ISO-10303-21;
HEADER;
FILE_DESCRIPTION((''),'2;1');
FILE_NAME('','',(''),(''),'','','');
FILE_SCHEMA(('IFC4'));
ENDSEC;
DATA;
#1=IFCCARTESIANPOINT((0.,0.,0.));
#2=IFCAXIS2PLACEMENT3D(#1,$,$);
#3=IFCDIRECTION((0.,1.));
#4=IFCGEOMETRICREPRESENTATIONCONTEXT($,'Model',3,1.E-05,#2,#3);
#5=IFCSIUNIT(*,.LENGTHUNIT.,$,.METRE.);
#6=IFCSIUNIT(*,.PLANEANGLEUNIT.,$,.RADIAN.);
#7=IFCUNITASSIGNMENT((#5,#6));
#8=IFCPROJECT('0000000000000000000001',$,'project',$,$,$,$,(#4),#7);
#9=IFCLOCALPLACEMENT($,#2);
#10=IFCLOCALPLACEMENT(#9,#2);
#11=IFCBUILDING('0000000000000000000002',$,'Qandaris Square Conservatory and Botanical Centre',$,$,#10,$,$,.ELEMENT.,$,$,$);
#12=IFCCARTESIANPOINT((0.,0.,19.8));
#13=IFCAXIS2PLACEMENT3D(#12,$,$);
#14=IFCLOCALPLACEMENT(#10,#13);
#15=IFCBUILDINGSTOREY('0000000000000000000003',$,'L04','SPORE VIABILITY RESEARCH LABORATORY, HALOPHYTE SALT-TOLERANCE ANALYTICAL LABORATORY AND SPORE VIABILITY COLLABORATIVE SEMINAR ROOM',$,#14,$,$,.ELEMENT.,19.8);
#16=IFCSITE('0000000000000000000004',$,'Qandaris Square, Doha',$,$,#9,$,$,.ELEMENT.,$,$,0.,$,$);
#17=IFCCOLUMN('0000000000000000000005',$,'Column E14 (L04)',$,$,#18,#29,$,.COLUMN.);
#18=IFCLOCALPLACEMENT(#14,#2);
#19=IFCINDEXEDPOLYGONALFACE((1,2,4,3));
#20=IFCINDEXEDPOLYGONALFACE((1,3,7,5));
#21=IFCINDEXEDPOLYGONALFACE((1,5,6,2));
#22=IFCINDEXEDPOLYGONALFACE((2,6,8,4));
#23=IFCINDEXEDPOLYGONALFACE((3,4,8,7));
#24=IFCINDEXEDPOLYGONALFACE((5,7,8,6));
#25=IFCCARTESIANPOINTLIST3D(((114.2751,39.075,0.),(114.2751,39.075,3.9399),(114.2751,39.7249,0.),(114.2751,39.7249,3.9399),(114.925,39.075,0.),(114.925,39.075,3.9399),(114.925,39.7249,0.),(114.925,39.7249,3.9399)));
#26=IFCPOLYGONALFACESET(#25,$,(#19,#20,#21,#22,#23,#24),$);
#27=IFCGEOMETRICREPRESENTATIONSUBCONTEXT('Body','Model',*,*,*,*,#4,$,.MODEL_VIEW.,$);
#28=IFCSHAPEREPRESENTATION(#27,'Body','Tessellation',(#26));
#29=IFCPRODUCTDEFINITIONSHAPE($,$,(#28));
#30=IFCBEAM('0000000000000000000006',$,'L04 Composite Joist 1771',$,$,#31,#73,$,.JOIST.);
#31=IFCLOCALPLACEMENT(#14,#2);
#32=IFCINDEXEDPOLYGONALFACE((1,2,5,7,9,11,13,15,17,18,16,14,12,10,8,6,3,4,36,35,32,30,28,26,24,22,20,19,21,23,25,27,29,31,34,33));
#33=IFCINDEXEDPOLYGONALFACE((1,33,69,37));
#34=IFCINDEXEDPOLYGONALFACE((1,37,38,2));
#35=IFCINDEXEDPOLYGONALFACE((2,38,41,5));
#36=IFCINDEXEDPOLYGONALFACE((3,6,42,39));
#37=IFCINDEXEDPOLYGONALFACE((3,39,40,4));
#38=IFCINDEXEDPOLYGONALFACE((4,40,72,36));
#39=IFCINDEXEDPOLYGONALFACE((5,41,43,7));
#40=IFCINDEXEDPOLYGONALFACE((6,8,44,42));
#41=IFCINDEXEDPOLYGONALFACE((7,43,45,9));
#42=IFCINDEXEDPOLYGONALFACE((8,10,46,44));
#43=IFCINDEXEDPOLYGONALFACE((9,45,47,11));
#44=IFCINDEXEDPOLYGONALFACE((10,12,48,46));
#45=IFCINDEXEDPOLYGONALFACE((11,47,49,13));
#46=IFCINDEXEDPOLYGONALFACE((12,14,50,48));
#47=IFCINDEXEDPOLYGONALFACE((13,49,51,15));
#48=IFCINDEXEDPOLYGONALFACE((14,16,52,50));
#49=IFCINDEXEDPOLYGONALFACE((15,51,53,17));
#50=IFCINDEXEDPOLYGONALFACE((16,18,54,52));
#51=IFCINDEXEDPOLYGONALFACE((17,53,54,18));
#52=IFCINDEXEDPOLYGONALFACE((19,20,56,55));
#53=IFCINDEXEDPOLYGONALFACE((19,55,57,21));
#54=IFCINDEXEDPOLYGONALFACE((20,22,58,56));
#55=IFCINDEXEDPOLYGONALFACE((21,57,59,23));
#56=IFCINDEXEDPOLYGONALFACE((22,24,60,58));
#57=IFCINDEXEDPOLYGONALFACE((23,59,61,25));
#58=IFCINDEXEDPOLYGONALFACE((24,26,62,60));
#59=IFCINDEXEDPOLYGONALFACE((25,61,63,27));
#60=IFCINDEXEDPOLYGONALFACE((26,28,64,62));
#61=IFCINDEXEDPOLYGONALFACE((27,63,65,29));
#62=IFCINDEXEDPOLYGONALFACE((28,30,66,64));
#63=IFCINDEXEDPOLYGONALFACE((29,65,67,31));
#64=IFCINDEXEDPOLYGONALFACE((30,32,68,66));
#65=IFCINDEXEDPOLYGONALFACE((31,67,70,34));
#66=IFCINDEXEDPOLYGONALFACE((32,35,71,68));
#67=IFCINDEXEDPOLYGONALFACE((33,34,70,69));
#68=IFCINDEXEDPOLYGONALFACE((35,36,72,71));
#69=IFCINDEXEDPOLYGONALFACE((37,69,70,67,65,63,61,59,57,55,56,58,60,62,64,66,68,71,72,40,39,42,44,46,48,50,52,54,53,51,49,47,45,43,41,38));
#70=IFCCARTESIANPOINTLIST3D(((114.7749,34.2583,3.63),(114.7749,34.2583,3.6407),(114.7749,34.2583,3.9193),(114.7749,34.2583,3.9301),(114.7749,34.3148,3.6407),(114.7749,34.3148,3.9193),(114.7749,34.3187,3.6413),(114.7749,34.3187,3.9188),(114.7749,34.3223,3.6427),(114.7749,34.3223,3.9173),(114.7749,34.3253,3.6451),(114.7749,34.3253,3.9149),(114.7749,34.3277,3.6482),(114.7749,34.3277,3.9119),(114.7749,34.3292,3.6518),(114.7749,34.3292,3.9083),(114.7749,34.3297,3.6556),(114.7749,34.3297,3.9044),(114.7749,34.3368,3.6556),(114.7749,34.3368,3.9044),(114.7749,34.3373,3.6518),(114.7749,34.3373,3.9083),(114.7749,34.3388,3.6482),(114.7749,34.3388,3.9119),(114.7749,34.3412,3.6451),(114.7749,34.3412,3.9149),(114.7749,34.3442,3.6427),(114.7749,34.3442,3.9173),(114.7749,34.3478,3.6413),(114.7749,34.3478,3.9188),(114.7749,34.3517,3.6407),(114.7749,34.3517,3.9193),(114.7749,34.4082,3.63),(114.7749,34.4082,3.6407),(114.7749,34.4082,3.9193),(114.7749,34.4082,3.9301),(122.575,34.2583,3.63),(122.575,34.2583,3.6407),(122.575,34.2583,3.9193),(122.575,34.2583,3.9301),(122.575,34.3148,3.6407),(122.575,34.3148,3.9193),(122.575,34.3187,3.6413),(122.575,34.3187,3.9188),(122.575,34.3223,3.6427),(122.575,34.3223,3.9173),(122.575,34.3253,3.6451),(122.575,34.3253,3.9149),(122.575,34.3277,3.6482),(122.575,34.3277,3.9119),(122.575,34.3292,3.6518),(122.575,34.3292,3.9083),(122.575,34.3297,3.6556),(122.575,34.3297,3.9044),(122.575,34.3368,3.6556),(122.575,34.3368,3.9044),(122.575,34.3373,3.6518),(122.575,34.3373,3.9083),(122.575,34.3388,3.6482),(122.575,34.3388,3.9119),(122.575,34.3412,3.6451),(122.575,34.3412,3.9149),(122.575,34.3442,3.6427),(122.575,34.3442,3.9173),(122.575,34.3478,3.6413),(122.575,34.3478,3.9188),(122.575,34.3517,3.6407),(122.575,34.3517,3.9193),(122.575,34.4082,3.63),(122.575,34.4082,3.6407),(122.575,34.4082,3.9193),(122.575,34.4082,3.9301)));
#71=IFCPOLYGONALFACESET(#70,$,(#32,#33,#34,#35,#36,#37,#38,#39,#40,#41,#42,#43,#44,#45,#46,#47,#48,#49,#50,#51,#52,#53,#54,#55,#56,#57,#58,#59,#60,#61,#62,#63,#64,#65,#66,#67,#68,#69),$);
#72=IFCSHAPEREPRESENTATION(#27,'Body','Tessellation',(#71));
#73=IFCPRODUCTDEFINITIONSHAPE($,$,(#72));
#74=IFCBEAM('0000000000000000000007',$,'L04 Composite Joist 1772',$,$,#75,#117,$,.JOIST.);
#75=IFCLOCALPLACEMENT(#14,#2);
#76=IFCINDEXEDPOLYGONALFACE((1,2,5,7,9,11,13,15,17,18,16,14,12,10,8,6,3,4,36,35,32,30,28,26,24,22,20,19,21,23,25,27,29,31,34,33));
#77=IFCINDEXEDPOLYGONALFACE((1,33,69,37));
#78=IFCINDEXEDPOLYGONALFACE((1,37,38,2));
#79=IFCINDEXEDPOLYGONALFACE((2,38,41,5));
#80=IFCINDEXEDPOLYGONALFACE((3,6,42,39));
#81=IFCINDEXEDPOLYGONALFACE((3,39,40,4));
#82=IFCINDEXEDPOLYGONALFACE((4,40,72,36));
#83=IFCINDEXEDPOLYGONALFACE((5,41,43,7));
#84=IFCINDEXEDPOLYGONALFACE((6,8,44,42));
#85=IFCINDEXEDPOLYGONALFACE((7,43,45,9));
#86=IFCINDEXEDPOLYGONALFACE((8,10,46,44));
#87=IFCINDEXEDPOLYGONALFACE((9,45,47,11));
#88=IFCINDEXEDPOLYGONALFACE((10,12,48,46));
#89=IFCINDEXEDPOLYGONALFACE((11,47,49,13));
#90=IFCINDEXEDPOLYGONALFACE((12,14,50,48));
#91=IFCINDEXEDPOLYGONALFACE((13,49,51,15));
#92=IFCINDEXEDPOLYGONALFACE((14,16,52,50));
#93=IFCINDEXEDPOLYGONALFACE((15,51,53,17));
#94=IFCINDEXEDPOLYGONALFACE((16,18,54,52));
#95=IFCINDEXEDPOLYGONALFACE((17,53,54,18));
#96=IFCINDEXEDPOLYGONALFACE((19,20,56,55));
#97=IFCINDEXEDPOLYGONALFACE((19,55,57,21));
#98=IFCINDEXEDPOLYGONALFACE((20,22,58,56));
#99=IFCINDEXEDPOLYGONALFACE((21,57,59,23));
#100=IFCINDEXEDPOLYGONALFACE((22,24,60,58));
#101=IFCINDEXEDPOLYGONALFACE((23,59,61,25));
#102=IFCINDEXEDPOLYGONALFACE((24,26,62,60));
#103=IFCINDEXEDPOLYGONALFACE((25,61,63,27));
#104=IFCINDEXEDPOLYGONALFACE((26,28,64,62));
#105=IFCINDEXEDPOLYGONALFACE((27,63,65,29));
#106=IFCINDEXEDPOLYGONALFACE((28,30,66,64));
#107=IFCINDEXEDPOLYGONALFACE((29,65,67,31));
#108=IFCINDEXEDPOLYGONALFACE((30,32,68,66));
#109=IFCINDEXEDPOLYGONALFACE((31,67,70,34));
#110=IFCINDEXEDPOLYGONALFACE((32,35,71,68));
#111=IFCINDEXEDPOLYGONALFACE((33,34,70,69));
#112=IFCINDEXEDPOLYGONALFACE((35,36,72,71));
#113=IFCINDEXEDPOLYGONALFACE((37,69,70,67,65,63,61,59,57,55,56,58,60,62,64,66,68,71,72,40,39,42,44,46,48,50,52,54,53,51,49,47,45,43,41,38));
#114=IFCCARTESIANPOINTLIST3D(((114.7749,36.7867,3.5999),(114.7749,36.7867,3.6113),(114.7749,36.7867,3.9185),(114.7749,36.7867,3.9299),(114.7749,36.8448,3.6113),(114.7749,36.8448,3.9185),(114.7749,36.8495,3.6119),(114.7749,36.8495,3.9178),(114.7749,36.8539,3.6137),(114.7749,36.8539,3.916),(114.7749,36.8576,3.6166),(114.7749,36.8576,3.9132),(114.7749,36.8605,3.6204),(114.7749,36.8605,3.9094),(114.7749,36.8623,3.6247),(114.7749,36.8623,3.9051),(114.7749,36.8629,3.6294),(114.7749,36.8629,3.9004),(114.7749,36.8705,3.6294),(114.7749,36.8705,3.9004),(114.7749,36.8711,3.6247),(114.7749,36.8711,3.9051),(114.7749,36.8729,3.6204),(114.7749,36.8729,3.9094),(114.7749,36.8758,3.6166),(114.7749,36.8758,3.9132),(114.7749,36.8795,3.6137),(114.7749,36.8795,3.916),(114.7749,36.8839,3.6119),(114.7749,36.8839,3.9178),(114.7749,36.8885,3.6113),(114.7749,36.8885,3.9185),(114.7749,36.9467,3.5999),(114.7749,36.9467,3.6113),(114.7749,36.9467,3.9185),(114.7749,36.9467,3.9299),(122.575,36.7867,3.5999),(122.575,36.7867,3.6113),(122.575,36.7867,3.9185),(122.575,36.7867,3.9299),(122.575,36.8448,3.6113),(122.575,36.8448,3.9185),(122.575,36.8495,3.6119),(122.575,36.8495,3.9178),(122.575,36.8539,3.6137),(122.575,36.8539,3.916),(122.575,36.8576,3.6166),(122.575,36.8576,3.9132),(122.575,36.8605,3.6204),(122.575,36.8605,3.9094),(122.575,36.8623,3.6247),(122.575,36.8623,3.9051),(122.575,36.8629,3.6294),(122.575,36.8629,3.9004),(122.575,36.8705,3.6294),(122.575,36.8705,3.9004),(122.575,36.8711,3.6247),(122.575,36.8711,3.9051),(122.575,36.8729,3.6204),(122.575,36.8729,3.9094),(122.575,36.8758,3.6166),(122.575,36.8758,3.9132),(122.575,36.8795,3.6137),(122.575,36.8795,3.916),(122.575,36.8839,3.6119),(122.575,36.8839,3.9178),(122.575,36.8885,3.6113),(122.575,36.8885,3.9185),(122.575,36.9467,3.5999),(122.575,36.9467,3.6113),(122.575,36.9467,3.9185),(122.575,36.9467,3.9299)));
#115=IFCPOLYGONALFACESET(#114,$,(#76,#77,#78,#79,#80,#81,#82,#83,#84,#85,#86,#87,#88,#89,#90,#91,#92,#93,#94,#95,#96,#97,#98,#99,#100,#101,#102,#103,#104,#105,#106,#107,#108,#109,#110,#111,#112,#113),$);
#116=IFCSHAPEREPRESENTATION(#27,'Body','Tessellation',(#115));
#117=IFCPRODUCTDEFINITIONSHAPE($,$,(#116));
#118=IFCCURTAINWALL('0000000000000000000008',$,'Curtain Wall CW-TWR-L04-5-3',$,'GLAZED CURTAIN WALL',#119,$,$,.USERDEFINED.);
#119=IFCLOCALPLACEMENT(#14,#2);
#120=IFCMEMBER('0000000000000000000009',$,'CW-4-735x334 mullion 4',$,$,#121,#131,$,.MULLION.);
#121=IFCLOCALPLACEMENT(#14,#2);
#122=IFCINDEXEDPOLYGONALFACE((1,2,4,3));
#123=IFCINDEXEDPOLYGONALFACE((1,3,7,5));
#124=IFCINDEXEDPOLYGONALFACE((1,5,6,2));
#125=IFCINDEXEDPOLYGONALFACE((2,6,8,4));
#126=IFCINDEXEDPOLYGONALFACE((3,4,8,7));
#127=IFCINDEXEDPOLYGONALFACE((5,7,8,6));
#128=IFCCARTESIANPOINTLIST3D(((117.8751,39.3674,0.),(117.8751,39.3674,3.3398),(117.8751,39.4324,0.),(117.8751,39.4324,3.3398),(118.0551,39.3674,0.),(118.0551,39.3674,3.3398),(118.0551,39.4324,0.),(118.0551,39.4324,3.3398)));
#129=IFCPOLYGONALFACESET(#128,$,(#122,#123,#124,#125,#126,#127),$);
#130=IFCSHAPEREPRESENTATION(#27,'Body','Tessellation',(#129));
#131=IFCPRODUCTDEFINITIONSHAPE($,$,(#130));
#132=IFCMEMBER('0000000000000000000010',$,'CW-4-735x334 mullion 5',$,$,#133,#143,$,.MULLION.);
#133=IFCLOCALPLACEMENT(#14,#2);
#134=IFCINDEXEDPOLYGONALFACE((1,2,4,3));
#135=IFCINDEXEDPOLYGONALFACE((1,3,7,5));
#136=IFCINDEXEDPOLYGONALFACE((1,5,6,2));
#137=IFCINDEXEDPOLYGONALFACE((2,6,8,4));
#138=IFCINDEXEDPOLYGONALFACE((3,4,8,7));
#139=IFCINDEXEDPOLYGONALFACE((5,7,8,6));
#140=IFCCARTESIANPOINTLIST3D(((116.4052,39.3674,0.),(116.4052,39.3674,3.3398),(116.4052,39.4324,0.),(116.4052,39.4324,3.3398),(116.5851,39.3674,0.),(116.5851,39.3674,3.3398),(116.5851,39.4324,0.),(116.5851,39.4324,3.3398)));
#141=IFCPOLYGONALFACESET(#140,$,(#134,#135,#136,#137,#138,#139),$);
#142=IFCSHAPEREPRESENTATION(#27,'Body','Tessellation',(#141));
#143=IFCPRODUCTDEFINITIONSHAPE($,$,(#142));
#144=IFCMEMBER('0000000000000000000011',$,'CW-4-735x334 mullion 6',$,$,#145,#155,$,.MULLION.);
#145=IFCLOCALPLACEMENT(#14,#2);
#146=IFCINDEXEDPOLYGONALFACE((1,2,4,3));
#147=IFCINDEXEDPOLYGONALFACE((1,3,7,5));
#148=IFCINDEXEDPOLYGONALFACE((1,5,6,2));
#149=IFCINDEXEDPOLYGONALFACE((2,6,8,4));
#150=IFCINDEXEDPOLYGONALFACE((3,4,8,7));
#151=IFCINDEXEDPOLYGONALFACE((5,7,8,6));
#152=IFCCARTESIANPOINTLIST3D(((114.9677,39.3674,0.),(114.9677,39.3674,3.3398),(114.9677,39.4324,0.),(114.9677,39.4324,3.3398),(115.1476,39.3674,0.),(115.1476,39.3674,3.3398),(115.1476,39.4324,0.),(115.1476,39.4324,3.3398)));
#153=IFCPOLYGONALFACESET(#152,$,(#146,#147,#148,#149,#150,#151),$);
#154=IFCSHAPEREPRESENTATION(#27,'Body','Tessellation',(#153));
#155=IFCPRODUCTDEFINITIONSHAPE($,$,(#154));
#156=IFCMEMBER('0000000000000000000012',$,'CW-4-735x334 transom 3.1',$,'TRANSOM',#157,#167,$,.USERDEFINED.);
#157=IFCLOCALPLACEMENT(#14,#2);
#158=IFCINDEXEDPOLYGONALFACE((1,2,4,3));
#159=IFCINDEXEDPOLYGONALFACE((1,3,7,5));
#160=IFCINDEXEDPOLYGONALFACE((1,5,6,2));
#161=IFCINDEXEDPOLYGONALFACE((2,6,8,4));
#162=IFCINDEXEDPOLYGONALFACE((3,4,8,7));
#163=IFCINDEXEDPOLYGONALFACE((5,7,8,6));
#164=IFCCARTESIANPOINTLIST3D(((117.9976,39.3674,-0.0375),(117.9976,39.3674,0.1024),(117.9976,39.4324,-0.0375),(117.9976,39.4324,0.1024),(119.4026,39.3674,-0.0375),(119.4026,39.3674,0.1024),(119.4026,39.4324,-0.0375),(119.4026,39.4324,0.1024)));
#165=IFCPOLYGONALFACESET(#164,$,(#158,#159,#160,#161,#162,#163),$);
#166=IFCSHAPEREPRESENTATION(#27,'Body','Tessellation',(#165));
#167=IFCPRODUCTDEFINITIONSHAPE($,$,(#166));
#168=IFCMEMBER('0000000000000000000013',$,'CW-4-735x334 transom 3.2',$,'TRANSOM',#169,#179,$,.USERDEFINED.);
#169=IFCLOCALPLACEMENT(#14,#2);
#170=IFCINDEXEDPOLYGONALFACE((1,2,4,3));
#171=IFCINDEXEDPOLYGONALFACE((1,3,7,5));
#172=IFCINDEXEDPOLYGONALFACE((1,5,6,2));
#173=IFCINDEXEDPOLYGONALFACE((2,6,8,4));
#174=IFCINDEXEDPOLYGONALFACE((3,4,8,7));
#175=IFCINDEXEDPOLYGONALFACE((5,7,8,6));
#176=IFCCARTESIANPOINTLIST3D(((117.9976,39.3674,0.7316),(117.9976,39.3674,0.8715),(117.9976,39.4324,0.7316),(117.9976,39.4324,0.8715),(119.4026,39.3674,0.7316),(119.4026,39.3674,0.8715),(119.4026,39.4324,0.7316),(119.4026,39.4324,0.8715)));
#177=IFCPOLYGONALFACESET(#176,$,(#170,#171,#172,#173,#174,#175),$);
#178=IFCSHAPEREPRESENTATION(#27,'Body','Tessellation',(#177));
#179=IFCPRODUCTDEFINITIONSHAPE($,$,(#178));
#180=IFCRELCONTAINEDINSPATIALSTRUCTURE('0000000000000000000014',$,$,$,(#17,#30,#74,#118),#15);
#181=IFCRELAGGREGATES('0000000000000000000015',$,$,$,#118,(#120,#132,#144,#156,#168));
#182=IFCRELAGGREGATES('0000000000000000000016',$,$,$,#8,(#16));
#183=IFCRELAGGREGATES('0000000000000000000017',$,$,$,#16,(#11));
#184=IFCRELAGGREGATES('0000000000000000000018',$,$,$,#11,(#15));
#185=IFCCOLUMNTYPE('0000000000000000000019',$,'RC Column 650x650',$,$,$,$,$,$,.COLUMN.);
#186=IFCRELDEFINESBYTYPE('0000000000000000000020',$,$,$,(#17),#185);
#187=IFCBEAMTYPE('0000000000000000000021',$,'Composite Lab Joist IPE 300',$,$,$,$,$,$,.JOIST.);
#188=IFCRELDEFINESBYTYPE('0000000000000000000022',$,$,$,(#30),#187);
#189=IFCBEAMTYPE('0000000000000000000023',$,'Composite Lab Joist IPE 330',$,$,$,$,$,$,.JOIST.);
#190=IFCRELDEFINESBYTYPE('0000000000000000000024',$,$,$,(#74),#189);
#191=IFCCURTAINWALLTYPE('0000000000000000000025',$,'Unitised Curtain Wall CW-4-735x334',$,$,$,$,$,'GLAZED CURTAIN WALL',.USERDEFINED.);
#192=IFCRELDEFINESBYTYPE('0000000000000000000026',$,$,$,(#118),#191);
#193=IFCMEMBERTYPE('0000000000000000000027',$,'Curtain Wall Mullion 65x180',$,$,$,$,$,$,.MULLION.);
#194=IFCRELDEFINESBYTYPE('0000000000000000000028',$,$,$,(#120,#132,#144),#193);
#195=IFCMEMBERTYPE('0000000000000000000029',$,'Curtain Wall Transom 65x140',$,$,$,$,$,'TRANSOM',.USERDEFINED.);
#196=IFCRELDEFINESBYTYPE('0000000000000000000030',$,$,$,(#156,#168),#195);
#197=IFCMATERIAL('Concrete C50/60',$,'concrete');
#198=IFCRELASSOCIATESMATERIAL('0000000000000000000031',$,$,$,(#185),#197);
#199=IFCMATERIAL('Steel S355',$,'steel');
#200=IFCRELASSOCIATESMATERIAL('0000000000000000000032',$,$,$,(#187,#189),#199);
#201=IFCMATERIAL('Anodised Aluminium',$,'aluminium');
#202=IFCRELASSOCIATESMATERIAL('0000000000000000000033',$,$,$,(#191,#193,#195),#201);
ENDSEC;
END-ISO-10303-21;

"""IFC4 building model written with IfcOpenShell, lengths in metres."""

from ifc_helpers import new_model, si_unit, direction, frame, origin, origin_2d, place, context, subcontext, project, spatial, rectangle, i_section, extrude, material, material_profile, profile_set, type_object, element, aggregate, save


model = new_model("IFC4")

# Units and contexts
model_context = context("Model", 3, precision=1e-05, world=origin(), true_north=direction((0.0, 1.0)))
body_context = subcontext(model_context, "Body", "Model", "MODEL_VIEW")
ifc_project = project(units=[si_unit("LENGTHUNIT", "METRE"), si_unit("PLANEANGLEUNIT", "RADIAN")], contexts=[model_context])

# Site, building, storey
site_placement = place(None, origin())
site = spatial("IfcSite", under=ifc_project, at=site_placement, Name="Qandaris Square, Doha", CompositionType="ELEMENT", RefElevation=0.0)
building_placement = place(site_placement, origin())
building = spatial("IfcBuilding", under=site, at=building_placement, Name="Qandaris Square Conservatory and Botanical Centre", CompositionType="ELEMENT")
storey_placement = place(building_placement, frame((0.0, 0.0, 19.8)))
storey = spatial("IfcBuildingStorey", under=building, at=storey_placement, Name="L04", Description="SPORE VIABILITY RESEARCH LABORATORY, HALOPHYTE SALT-TOLERANCE ANALYTICAL LABORATORY AND SPORE VIABILITY COLLABORATIVE SEMINAR ROOM", CompositionType="ELEMENT", Elevation=19.8)

# Column
ifc_material_1 = material(Name="Concrete C50/60", Category="concrete")
ifc_material_profile_1 = material_profile(ifc_material_1, rectangle(XDim=0.6499, YDim=0.6499, at=origin_2d()), Name="RC-COL 650x650")
ifc_profile_set_1 = profile_set([ifc_material_profile_1], Name="Concrete C50/60")
column_type = type_object("IfcColumnType", Name="RC Column 650x650", PredefinedType="COLUMN", material=ifc_profile_set_1)
column_placement = place(storey_placement, frame((114.6001, 39.3999, 0.0), z_axis=(0.0, 0.0, 1.0), x_axis=(1.0, 0.0, 0.0)))
element("IfcColumn", 1, at=column_placement, inside=storey, type_object=column_type, Name="Column E14 (L04)", PredefinedType="COLUMN", context=body_context, shape_type="SweptSolid", body=[
    extrude(rectangle(XDim=0.6499, YDim=0.6499, at=origin_2d()), origin(), (0.0, 0.0, 1.0), 3.9399),
])

# Beams
ifc_material_2 = material(Name="Steel S355", Category="steel")
ifc_material_profile_2 = material_profile(ifc_material_2, i_section(OverallWidth=0.1499, OverallDepth=0.3, WebThickness=0.0071, FlangeThickness=0.0107, FilletRadius=0.0149, at=origin_2d()), Name="IPE 300")
ifc_profile_set_2 = profile_set([ifc_material_profile_2], Name="Steel S355")
beam_type_1 = type_object("IfcBeamType", Name="Composite Lab Joist IPE 300", PredefinedType="JOIST", material=ifc_profile_set_2)
beam_1_placement = place(storey_placement, frame((114.7749, 34.3333, 3.78), z_axis=(1.0, 0.0, 0.0), x_axis=(0.0, 1.0, 0.0)))
element("IfcBeam", 2, at=beam_1_placement, inside=storey, type_object=beam_type_1, Name="L04 Composite Joist 1771", PredefinedType="JOIST", context=body_context, shape_type="SweptSolid", body=[
    extrude(i_section(OverallWidth=0.1499, OverallDepth=0.3, WebThickness=0.0071, FlangeThickness=0.0107, FilletRadius=0.0149, at=origin_2d()), origin(), (0.0, 0.0, 1.0), 7.8),
])
ifc_material_profile_3 = material_profile(ifc_material_2, i_section(OverallWidth=0.1599, OverallDepth=0.3301, WebThickness=0.0076, FlangeThickness=0.0115, FilletRadius=0.0181, at=origin_2d()), Name="IPE 330")
ifc_profile_set_3 = profile_set([ifc_material_profile_3], Name="Steel S355")
beam_type_2 = type_object("IfcBeamType", Name="Composite Lab Joist IPE 330", PredefinedType="JOIST", material=ifc_profile_set_3)
beam_2_placement = place(storey_placement, frame((114.7749, 36.8667, 3.7649), z_axis=(1.0, 0.0, 0.0), x_axis=(0.0, 1.0, 0.0)))
element("IfcBeam", 3, at=beam_2_placement, inside=storey, type_object=beam_type_2, Name="L04 Composite Joist 1772", PredefinedType="JOIST", context=body_context, shape_type="SweptSolid", body=[
    extrude(i_section(OverallWidth=0.1599, OverallDepth=0.3301, WebThickness=0.0076, FlangeThickness=0.0115, FilletRadius=0.0181, at=origin_2d()), origin(), (0.0, 0.0, 1.0), 7.8),
])

# Curtain wall, members
ifc_material_3 = material(Name="Anodised Aluminium", Category="aluminium")
curtain_wall_type = type_object("IfcCurtainWallType", Name="Unitised Curtain Wall CW-4-735x334", ElementType="GLAZED CURTAIN WALL", PredefinedType="USERDEFINED", material=ifc_material_3)
curtain_wall_placement = place(storey_placement, origin())
curtain_wall = element("IfcCurtainWall", 4, at=curtain_wall_placement, inside=storey, type_object=curtain_wall_type, Name="Curtain Wall CW-TWR-L04-5-3", ObjectType="GLAZED CURTAIN WALL", PredefinedType="USERDEFINED")
ifc_material_profile_4 = material_profile(ifc_material_3, rectangle(XDim=0.0649, YDim=0.1799, at=origin_2d()), Name="ALU-MUL 65x180")
ifc_profile_set_4 = profile_set([ifc_material_profile_4], Name="Anodised Aluminium")
member_type_1 = type_object("IfcMemberType", Name="Curtain Wall Mullion 65x180", PredefinedType="MULLION", material=ifc_profile_set_4)
member_1_placement = place(storey_placement, frame((117.9651, 39.3999, 0.0), z_axis=(0.0, 0.0, 1.0), x_axis=(0.0, -1.0, 0.0)))
member_1 = element("IfcMember", 5, at=member_1_placement, type_object=member_type_1, Name="CW-4-735x334 mullion 4", PredefinedType="MULLION", context=body_context, shape_type="SweptSolid", body=[
    extrude(rectangle(XDim=0.0649, YDim=0.1799, at=origin_2d()), origin(), (0.0, 0.0, 1.0), 3.3398),
])
member_2_placement = place(storey_placement, frame((116.4951, 39.3999, 0.0), z_axis=(0.0, 0.0, 1.0), x_axis=(0.0, -1.0, 0.0)))
member_2 = element("IfcMember", 6, at=member_2_placement, type_object=member_type_1, Name="CW-4-735x334 mullion 5", PredefinedType="MULLION", context=body_context, shape_type="SweptSolid", body=[
    extrude(rectangle(XDim=0.0649, YDim=0.1799, at=origin_2d()), origin(), (0.0, 0.0, 1.0), 3.3398),
])
member_3_placement = place(storey_placement, frame((115.0576, 39.3999, 0.0), z_axis=(0.0, 0.0, 1.0), x_axis=(0.0, -1.0, 0.0)))
member_3 = element("IfcMember", 7, at=member_3_placement, type_object=member_type_1, Name="CW-4-735x334 mullion 6", PredefinedType="MULLION", context=body_context, shape_type="SweptSolid", body=[
    extrude(rectangle(XDim=0.0649, YDim=0.1799, at=origin_2d()), origin(), (0.0, 0.0, 1.0), 3.3398),
])
ifc_material_profile_5 = material_profile(ifc_material_3, rectangle(XDim=0.0649, YDim=0.1399, at=origin_2d()), Name="ALU-TRN 65x140")
ifc_profile_set_5 = profile_set([ifc_material_profile_5], Name="Anodised Aluminium")
member_type_2 = type_object("IfcMemberType", Name="Curtain Wall Transom 65x140", ElementType="TRANSOM", PredefinedType="USERDEFINED", material=ifc_profile_set_5)
member_4_placement = place(storey_placement, frame((119.4026, 39.3999, 0.0325), z_axis=(-1.0, 0.0, 0.0), x_axis=(0.0, -1.0, 0.0)))
member_4 = element("IfcMember", 8, at=member_4_placement, type_object=member_type_2, Name="CW-4-735x334 transom 3.1", ObjectType="TRANSOM", PredefinedType="USERDEFINED", context=body_context, shape_type="SweptSolid", body=[
    extrude(rectangle(XDim=0.0649, YDim=0.1399, at=origin_2d()), origin(), (0.0, 0.0, 1.0), 1.405),
])
member_5_placement = place(storey_placement, frame((119.4026, 39.3999, 0.8015), z_axis=(-1.0, 0.0, 0.0), x_axis=(0.0, -1.0, 0.0)))
member_5 = element("IfcMember", 9, at=member_5_placement, type_object=member_type_2, Name="CW-4-735x334 transom 3.2", ObjectType="TRANSOM", PredefinedType="USERDEFINED", context=body_context, shape_type="SweptSolid", body=[
    extrude(rectangle(XDim=0.0649, YDim=0.1399, at=origin_2d()), origin(), (0.0, 0.0, 1.0), 1.405),
])

aggregate(curtain_wall, [member_1, member_2, member_3, member_4, member_5])

save(model, "model.ifc")
